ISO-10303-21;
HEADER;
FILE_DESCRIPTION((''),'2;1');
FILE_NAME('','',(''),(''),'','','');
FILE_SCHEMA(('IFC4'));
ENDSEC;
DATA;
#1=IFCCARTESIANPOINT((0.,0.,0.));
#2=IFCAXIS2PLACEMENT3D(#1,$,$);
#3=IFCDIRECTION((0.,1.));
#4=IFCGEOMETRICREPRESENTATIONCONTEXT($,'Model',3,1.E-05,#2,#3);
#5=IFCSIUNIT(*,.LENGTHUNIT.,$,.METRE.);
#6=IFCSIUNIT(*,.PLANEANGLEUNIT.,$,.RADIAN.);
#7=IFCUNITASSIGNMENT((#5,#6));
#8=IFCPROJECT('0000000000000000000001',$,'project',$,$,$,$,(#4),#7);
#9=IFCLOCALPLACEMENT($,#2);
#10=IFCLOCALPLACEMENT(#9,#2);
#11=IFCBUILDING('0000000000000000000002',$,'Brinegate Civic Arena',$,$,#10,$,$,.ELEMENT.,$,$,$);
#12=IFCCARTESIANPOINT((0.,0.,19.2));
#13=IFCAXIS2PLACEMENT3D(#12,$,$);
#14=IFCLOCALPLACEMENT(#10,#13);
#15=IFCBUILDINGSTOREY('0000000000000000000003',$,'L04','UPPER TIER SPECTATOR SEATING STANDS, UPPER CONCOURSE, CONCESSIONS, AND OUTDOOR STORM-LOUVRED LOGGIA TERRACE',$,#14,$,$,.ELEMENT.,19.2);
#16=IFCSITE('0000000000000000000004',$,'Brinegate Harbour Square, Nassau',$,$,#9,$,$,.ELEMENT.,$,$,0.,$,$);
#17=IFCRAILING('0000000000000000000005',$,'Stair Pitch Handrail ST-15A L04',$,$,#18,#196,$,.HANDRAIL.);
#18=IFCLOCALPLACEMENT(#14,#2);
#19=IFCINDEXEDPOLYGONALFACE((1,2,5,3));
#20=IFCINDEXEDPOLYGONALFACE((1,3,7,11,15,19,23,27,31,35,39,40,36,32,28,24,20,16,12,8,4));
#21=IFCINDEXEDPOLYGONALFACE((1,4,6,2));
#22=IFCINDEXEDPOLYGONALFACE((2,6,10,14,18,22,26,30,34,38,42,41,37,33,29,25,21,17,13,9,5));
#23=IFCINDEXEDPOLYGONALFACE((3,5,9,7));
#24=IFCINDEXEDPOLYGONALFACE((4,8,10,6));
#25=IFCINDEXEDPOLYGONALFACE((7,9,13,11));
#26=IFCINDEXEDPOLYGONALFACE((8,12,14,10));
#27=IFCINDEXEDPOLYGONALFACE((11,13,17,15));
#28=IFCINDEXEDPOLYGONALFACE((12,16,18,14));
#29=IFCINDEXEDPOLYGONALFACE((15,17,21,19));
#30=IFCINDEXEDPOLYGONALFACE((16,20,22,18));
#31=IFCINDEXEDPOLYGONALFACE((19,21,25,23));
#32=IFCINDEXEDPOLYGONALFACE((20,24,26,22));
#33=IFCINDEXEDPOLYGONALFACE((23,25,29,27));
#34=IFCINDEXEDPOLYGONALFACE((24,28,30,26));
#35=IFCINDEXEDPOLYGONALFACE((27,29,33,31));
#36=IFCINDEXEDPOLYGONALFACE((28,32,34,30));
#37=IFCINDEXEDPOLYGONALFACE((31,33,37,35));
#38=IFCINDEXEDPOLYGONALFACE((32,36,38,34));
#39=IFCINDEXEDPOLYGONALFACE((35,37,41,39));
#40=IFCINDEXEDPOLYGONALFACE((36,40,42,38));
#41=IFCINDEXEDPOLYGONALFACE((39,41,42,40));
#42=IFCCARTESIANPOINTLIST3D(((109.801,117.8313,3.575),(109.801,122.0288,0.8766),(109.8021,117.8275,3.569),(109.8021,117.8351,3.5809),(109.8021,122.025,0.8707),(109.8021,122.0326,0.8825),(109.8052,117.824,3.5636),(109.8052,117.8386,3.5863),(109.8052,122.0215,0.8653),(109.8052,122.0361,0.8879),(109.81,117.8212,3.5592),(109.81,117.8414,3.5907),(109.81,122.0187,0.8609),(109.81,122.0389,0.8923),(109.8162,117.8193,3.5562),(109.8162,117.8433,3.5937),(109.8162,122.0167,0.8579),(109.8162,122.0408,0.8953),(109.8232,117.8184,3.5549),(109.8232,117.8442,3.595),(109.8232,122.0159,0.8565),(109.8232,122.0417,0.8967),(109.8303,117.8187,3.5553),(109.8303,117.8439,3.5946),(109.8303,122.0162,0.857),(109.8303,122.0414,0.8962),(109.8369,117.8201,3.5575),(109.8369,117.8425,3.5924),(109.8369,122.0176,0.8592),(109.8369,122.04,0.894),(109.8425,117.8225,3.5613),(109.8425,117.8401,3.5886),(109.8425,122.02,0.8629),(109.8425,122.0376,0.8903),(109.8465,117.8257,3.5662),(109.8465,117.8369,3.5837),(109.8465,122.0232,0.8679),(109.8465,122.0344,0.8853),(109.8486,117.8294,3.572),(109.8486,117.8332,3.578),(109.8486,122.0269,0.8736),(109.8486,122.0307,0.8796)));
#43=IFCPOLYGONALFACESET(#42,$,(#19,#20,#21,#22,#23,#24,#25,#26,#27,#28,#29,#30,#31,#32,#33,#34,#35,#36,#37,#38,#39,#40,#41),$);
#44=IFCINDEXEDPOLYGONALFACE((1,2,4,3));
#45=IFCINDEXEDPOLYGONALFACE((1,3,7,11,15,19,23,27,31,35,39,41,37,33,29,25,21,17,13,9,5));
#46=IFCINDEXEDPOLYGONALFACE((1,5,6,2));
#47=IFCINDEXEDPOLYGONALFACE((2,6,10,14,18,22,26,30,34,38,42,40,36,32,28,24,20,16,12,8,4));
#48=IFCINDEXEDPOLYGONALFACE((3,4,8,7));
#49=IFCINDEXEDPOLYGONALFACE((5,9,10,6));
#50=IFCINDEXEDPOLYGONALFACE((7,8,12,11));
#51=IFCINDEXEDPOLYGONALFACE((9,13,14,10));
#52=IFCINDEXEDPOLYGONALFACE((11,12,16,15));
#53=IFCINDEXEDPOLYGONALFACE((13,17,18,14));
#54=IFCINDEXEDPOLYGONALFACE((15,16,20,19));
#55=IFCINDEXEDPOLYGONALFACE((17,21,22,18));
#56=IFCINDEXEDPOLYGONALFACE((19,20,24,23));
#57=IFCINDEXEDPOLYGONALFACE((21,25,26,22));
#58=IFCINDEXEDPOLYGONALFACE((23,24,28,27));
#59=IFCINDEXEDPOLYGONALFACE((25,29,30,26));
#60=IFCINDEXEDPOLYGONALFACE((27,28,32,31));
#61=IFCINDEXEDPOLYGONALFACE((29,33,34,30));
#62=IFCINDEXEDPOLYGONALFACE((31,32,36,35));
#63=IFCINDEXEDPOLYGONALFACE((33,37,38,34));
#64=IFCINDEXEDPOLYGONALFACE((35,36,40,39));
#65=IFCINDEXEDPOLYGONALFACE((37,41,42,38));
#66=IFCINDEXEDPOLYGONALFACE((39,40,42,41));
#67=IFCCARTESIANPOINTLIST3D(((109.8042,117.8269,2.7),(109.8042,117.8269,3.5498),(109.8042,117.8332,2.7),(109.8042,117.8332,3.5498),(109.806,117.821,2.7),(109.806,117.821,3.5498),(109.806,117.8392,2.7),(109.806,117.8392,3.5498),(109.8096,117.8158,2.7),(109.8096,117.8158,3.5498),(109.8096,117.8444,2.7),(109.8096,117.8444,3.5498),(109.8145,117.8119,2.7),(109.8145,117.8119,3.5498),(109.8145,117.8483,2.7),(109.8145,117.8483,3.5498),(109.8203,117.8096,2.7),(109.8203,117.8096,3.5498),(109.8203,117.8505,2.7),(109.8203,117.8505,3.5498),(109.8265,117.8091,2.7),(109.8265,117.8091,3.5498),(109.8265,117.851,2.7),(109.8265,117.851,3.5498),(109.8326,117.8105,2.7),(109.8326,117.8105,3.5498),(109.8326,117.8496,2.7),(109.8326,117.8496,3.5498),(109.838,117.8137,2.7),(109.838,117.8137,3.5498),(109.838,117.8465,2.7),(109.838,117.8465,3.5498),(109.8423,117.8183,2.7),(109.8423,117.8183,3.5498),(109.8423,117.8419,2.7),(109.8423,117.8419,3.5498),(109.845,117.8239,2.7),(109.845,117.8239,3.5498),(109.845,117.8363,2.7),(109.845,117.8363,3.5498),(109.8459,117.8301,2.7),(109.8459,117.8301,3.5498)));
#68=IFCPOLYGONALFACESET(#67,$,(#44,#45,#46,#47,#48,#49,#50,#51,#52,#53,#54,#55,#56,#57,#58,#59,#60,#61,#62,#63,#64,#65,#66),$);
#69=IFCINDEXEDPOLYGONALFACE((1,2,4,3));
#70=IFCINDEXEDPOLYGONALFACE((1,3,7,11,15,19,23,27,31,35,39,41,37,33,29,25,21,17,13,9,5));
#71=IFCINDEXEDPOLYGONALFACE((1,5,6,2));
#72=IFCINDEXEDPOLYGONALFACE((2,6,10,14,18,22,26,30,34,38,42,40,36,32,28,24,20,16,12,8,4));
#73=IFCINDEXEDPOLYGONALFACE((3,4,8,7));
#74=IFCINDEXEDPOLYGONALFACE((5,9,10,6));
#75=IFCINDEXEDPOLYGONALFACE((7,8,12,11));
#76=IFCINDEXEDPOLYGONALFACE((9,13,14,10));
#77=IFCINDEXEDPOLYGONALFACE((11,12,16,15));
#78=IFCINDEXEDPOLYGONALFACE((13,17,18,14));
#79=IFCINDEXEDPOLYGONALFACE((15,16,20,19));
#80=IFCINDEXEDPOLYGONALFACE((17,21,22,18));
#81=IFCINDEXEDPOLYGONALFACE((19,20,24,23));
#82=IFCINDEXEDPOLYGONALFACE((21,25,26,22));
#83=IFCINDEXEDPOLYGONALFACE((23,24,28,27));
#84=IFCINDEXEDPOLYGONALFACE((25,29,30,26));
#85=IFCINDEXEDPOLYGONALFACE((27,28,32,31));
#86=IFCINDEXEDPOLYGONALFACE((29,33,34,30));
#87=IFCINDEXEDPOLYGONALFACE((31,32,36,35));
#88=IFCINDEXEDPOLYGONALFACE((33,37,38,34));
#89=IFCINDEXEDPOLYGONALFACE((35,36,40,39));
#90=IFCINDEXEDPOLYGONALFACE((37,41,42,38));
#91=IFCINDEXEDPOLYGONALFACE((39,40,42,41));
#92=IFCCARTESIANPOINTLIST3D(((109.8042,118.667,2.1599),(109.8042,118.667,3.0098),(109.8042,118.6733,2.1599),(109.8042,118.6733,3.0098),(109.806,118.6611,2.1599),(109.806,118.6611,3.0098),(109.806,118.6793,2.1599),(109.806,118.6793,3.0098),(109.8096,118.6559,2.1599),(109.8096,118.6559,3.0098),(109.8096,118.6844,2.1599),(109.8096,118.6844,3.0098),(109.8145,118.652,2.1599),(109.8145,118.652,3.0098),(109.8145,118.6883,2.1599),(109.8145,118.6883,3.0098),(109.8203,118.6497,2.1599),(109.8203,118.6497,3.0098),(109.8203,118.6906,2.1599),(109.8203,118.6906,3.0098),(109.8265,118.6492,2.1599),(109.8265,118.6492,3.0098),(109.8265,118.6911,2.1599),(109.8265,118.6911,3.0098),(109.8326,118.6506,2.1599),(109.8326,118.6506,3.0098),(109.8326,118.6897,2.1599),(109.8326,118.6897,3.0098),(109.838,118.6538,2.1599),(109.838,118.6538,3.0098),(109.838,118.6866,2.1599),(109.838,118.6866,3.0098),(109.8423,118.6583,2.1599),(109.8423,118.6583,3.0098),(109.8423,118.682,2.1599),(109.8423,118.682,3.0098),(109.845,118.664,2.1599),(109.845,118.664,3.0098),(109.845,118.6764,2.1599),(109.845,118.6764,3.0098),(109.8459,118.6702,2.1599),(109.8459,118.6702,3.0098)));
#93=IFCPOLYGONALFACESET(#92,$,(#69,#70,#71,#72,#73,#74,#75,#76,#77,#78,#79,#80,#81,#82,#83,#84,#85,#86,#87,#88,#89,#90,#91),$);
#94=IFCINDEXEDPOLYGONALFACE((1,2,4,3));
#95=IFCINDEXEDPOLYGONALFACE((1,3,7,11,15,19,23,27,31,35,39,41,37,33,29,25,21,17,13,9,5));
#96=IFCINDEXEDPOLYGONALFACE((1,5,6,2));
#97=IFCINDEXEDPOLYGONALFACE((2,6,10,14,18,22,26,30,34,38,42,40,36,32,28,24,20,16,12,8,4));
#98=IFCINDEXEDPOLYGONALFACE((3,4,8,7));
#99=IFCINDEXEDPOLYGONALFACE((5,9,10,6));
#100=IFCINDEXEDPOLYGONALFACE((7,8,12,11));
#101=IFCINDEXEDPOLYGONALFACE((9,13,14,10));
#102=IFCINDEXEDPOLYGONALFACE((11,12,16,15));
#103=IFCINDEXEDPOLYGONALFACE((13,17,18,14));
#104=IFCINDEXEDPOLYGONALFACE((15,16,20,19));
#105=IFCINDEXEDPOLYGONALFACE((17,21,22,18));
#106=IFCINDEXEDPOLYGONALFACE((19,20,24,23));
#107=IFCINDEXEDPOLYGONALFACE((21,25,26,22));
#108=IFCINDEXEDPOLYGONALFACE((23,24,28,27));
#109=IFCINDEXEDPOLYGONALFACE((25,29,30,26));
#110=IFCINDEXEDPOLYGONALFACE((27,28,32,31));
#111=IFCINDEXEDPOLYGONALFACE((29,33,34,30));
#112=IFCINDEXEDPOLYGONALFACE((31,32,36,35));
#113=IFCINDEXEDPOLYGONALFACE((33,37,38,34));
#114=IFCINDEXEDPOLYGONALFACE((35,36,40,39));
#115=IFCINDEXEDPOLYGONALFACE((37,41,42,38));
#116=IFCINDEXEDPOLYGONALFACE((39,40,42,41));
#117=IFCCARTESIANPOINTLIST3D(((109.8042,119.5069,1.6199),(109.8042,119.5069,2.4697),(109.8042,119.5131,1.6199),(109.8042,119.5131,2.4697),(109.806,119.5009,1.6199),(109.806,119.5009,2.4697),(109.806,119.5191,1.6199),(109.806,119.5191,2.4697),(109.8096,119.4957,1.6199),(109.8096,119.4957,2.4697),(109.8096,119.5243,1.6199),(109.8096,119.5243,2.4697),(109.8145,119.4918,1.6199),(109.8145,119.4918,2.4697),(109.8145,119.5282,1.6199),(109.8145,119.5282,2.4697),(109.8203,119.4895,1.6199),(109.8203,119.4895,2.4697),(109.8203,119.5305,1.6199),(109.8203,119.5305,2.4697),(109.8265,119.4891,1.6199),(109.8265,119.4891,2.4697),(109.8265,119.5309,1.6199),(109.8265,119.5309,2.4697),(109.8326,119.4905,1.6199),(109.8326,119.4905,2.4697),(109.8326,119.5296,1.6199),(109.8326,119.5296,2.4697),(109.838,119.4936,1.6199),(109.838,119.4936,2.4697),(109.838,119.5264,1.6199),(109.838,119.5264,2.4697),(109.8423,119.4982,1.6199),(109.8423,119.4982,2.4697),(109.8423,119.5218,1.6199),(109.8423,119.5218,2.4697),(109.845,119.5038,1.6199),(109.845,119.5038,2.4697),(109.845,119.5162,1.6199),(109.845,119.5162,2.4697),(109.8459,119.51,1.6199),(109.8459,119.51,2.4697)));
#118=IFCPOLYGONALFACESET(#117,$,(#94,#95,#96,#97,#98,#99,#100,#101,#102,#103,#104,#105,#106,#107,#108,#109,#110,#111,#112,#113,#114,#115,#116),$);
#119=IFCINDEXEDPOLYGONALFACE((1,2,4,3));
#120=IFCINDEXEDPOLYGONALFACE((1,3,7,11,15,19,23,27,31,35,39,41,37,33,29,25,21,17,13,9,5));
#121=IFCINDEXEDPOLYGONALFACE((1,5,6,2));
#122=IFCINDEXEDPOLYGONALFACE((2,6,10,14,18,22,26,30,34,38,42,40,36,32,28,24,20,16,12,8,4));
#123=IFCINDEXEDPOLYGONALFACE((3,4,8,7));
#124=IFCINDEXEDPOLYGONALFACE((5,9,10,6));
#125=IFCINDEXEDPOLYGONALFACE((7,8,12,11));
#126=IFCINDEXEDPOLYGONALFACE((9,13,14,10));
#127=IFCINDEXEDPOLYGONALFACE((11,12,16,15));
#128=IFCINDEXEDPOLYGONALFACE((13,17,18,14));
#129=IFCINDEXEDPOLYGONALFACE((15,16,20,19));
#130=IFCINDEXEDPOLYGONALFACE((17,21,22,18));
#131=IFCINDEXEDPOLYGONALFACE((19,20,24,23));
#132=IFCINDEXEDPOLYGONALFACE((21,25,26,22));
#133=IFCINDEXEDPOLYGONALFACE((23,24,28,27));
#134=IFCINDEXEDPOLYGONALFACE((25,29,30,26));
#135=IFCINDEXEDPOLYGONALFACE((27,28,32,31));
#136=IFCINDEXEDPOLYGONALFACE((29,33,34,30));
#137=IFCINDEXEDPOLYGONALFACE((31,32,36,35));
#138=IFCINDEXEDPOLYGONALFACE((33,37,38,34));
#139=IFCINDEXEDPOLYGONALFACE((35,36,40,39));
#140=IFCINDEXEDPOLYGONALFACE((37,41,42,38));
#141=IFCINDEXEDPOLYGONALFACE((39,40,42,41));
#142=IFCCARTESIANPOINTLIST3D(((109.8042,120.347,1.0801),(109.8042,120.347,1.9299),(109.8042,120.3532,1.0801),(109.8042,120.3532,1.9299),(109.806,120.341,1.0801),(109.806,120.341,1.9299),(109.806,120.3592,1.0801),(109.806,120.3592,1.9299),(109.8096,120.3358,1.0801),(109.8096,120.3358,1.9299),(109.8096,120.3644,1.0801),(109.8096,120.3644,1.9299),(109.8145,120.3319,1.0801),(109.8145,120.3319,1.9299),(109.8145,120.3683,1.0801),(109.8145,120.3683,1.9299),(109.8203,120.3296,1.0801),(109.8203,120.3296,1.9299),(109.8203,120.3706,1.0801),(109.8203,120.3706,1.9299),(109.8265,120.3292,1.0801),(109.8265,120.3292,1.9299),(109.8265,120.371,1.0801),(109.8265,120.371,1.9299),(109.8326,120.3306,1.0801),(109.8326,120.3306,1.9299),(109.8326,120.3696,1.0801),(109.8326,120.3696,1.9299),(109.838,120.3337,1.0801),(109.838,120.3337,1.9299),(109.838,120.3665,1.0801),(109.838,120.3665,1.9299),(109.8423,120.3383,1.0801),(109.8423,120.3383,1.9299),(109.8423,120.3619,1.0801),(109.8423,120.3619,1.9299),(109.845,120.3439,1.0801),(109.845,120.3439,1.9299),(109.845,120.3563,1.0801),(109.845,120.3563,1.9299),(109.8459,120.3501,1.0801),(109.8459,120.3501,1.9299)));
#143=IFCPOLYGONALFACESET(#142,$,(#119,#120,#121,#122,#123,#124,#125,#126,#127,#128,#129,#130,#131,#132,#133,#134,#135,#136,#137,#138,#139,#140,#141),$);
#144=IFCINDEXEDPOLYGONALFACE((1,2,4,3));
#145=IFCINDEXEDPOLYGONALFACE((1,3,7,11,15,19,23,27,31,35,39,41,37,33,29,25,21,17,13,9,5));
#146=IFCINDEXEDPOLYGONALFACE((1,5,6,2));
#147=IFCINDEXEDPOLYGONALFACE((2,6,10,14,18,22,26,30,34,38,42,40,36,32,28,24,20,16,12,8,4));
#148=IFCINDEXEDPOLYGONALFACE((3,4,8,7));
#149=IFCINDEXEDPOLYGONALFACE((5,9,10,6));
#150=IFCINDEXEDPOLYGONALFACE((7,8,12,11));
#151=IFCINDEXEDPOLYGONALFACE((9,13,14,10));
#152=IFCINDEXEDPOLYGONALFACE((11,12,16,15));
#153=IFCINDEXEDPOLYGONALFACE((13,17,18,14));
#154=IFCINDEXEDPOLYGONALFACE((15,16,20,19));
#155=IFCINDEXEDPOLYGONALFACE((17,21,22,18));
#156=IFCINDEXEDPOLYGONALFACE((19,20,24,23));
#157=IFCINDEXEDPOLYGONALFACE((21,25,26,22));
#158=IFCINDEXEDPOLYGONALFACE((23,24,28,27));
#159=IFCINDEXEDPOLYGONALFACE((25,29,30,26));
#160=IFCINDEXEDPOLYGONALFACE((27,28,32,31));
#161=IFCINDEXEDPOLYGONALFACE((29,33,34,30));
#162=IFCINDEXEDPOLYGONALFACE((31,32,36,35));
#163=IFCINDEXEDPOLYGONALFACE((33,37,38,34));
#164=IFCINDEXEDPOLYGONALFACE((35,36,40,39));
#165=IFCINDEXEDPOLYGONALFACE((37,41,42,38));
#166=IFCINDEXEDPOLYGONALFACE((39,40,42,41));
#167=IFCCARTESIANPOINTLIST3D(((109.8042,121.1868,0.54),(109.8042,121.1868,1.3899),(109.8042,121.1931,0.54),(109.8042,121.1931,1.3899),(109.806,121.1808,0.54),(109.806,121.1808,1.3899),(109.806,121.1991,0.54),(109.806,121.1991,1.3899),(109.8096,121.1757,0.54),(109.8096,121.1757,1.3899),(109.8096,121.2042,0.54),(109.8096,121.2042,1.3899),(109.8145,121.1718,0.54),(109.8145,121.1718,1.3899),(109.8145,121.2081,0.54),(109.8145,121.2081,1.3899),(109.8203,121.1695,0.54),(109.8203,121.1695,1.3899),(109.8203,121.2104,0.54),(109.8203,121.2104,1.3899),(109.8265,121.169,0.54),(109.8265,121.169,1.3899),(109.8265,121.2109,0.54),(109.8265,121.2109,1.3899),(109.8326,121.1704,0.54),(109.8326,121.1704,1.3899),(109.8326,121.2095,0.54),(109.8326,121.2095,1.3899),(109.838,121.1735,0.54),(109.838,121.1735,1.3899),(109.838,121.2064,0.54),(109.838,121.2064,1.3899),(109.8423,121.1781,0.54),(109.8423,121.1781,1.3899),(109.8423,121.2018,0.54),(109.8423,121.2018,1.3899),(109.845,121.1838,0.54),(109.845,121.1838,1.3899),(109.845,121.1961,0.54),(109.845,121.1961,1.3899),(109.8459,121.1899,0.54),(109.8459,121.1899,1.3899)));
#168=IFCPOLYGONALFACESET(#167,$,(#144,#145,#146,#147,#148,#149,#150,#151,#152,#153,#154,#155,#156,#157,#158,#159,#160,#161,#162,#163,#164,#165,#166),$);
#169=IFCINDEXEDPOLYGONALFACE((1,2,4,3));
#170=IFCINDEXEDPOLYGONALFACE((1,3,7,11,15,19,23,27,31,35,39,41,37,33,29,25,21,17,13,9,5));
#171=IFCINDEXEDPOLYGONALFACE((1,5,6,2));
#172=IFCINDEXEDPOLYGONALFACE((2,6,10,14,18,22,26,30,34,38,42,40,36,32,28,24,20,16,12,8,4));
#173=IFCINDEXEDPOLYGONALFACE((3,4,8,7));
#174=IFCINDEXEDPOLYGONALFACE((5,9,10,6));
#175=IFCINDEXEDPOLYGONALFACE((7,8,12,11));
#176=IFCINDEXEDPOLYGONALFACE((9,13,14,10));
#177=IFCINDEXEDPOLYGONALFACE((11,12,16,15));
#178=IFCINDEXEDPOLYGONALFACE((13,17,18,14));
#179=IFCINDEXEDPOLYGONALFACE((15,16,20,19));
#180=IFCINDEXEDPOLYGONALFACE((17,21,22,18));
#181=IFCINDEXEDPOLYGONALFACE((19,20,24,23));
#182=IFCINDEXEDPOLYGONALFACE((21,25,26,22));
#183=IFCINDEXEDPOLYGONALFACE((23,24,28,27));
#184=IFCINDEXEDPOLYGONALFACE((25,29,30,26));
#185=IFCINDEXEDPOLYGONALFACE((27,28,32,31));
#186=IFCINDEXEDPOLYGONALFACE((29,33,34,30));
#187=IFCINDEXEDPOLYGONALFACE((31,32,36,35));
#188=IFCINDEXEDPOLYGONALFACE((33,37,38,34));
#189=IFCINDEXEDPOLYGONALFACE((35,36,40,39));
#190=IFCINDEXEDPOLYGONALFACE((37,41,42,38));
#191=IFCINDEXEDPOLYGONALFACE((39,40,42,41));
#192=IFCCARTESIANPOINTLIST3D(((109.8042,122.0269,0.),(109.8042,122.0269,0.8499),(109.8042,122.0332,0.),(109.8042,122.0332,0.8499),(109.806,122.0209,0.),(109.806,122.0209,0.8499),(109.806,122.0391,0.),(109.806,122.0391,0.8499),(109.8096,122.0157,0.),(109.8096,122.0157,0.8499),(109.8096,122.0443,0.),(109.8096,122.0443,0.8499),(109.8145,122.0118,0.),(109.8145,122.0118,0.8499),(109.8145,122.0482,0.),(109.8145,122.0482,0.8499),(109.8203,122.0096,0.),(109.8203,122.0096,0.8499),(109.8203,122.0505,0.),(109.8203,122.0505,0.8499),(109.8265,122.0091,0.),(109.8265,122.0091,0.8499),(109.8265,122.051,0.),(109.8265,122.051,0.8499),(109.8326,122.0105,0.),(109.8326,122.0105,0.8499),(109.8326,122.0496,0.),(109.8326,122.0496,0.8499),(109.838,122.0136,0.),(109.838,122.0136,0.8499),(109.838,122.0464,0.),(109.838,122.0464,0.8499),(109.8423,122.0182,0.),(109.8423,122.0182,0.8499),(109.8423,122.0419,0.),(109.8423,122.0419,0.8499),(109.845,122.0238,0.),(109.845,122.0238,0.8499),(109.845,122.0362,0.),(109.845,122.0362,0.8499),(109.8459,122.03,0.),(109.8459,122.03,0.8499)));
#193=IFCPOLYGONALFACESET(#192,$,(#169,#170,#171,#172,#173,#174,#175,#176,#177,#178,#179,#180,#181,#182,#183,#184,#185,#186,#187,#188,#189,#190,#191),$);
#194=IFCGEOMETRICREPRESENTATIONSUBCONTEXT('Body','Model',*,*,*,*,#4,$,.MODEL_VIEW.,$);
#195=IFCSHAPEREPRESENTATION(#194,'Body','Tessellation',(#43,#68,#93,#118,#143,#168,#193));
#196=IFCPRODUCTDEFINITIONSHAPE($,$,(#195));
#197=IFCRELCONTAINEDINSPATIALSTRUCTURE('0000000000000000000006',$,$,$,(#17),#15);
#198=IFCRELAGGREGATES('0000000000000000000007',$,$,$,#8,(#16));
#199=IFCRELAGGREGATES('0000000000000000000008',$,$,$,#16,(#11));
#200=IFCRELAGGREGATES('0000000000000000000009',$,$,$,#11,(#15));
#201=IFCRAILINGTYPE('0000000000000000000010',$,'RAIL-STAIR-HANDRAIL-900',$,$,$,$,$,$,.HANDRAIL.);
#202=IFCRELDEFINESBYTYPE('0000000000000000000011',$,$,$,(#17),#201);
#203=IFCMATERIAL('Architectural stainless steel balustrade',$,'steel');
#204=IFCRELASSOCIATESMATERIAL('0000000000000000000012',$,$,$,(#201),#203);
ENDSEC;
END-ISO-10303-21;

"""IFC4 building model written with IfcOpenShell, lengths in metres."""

from ifc_helpers import new_model, si_unit, direction, frame, origin, origin_2d, place, context, subcontext, project, spatial, circle, extrude, material, type_object, element, save


model = new_model("IFC4")

# Units and contexts
model_context = context("Model", 3, precision=1e-05, world=origin(), true_north=direction((0.0, 1.0)))
body_context = subcontext(model_context, "Body", "Model", "MODEL_VIEW")
ifc_project = project(units=[si_unit("LENGTHUNIT", "METRE"), si_unit("PLANEANGLEUNIT", "RADIAN")], contexts=[model_context])

# Site, building, storey
site_placement = place(None, origin())
site = spatial("IfcSite", under=ifc_project, at=site_placement, Name="Brinegate Harbour Square, Nassau", CompositionType="ELEMENT", RefElevation=0.0)
building_placement = place(site_placement, origin())
building = spatial("IfcBuilding", under=site, at=building_placement, Name="Brinegate Civic Arena", CompositionType="ELEMENT")
storey_placement = place(building_placement, frame((0.0, 0.0, 19.2)))
storey = spatial("IfcBuildingStorey", under=building, at=storey_placement, Name="L04", Description="UPPER TIER SPECTATOR SEATING STANDS, UPPER CONCOURSE, CONCESSIONS, AND OUTDOOR STORM-LOUVRED LOGGIA TERRACE", CompositionType="ELEMENT", Elevation=19.2)

# Railing
ifc_material_1 = material(Name="Architectural stainless steel balustrade", Category="steel")
railing_type_1 = type_object("IfcRailingType", Name="RAIL-STAIR-HANDRAIL-900", PredefinedType="HANDRAIL", material=ifc_material_1)
for number, where, name in (
    (1, (109.825, 117.8301, 2.7), "Stair Pitch Handrail ST-15A L04"),
):
    element("IfcRailing", number, at=place(storey_placement, frame(where)), inside=storey, type_object=railing_type_1, Name=name, PredefinedType="HANDRAIL", context=body_context, shape_type="SweptSolid", body=[
        extrude(circle(Radius=0.0239, at=origin_2d()), frame((0.0, 0.0012, 0.875), z_axis=(0.0, 0.84118, -0.540755), x_axis=(-1.0, 0.0, 0.0)), (0.0, 0.0, 1.0), 4.99),
        extrude(circle(Radius=0.021, at=origin_2d()), origin(), (0.0, 0.0, 1.0), 0.8499),
        extrude(circle(Radius=0.021, at=origin_2d()), frame((0.0, 0.8401, -0.54)), (0.0, 0.0, 1.0), 0.8499),
        extrude(circle(Radius=0.021, at=origin_2d()), frame((0.0, 1.6799, -1.0801)), (0.0, 0.0, 1.0), 0.8499),
        extrude(circle(Radius=0.021, at=origin_2d()), frame((0.0, 2.52, -1.6199)), (0.0, 0.0, 1.0), 0.8499),
        extrude(circle(Radius=0.021, at=origin_2d()), frame((0.0, 3.3599, -2.1599)), (0.0, 0.0, 1.0), 0.8499),
        extrude(circle(Radius=0.021, at=origin_2d()), frame((0.0, 4.2, -2.7)), (0.0, 0.0, 1.0), 0.8499),
    ])

save(model, "model.ifc")
